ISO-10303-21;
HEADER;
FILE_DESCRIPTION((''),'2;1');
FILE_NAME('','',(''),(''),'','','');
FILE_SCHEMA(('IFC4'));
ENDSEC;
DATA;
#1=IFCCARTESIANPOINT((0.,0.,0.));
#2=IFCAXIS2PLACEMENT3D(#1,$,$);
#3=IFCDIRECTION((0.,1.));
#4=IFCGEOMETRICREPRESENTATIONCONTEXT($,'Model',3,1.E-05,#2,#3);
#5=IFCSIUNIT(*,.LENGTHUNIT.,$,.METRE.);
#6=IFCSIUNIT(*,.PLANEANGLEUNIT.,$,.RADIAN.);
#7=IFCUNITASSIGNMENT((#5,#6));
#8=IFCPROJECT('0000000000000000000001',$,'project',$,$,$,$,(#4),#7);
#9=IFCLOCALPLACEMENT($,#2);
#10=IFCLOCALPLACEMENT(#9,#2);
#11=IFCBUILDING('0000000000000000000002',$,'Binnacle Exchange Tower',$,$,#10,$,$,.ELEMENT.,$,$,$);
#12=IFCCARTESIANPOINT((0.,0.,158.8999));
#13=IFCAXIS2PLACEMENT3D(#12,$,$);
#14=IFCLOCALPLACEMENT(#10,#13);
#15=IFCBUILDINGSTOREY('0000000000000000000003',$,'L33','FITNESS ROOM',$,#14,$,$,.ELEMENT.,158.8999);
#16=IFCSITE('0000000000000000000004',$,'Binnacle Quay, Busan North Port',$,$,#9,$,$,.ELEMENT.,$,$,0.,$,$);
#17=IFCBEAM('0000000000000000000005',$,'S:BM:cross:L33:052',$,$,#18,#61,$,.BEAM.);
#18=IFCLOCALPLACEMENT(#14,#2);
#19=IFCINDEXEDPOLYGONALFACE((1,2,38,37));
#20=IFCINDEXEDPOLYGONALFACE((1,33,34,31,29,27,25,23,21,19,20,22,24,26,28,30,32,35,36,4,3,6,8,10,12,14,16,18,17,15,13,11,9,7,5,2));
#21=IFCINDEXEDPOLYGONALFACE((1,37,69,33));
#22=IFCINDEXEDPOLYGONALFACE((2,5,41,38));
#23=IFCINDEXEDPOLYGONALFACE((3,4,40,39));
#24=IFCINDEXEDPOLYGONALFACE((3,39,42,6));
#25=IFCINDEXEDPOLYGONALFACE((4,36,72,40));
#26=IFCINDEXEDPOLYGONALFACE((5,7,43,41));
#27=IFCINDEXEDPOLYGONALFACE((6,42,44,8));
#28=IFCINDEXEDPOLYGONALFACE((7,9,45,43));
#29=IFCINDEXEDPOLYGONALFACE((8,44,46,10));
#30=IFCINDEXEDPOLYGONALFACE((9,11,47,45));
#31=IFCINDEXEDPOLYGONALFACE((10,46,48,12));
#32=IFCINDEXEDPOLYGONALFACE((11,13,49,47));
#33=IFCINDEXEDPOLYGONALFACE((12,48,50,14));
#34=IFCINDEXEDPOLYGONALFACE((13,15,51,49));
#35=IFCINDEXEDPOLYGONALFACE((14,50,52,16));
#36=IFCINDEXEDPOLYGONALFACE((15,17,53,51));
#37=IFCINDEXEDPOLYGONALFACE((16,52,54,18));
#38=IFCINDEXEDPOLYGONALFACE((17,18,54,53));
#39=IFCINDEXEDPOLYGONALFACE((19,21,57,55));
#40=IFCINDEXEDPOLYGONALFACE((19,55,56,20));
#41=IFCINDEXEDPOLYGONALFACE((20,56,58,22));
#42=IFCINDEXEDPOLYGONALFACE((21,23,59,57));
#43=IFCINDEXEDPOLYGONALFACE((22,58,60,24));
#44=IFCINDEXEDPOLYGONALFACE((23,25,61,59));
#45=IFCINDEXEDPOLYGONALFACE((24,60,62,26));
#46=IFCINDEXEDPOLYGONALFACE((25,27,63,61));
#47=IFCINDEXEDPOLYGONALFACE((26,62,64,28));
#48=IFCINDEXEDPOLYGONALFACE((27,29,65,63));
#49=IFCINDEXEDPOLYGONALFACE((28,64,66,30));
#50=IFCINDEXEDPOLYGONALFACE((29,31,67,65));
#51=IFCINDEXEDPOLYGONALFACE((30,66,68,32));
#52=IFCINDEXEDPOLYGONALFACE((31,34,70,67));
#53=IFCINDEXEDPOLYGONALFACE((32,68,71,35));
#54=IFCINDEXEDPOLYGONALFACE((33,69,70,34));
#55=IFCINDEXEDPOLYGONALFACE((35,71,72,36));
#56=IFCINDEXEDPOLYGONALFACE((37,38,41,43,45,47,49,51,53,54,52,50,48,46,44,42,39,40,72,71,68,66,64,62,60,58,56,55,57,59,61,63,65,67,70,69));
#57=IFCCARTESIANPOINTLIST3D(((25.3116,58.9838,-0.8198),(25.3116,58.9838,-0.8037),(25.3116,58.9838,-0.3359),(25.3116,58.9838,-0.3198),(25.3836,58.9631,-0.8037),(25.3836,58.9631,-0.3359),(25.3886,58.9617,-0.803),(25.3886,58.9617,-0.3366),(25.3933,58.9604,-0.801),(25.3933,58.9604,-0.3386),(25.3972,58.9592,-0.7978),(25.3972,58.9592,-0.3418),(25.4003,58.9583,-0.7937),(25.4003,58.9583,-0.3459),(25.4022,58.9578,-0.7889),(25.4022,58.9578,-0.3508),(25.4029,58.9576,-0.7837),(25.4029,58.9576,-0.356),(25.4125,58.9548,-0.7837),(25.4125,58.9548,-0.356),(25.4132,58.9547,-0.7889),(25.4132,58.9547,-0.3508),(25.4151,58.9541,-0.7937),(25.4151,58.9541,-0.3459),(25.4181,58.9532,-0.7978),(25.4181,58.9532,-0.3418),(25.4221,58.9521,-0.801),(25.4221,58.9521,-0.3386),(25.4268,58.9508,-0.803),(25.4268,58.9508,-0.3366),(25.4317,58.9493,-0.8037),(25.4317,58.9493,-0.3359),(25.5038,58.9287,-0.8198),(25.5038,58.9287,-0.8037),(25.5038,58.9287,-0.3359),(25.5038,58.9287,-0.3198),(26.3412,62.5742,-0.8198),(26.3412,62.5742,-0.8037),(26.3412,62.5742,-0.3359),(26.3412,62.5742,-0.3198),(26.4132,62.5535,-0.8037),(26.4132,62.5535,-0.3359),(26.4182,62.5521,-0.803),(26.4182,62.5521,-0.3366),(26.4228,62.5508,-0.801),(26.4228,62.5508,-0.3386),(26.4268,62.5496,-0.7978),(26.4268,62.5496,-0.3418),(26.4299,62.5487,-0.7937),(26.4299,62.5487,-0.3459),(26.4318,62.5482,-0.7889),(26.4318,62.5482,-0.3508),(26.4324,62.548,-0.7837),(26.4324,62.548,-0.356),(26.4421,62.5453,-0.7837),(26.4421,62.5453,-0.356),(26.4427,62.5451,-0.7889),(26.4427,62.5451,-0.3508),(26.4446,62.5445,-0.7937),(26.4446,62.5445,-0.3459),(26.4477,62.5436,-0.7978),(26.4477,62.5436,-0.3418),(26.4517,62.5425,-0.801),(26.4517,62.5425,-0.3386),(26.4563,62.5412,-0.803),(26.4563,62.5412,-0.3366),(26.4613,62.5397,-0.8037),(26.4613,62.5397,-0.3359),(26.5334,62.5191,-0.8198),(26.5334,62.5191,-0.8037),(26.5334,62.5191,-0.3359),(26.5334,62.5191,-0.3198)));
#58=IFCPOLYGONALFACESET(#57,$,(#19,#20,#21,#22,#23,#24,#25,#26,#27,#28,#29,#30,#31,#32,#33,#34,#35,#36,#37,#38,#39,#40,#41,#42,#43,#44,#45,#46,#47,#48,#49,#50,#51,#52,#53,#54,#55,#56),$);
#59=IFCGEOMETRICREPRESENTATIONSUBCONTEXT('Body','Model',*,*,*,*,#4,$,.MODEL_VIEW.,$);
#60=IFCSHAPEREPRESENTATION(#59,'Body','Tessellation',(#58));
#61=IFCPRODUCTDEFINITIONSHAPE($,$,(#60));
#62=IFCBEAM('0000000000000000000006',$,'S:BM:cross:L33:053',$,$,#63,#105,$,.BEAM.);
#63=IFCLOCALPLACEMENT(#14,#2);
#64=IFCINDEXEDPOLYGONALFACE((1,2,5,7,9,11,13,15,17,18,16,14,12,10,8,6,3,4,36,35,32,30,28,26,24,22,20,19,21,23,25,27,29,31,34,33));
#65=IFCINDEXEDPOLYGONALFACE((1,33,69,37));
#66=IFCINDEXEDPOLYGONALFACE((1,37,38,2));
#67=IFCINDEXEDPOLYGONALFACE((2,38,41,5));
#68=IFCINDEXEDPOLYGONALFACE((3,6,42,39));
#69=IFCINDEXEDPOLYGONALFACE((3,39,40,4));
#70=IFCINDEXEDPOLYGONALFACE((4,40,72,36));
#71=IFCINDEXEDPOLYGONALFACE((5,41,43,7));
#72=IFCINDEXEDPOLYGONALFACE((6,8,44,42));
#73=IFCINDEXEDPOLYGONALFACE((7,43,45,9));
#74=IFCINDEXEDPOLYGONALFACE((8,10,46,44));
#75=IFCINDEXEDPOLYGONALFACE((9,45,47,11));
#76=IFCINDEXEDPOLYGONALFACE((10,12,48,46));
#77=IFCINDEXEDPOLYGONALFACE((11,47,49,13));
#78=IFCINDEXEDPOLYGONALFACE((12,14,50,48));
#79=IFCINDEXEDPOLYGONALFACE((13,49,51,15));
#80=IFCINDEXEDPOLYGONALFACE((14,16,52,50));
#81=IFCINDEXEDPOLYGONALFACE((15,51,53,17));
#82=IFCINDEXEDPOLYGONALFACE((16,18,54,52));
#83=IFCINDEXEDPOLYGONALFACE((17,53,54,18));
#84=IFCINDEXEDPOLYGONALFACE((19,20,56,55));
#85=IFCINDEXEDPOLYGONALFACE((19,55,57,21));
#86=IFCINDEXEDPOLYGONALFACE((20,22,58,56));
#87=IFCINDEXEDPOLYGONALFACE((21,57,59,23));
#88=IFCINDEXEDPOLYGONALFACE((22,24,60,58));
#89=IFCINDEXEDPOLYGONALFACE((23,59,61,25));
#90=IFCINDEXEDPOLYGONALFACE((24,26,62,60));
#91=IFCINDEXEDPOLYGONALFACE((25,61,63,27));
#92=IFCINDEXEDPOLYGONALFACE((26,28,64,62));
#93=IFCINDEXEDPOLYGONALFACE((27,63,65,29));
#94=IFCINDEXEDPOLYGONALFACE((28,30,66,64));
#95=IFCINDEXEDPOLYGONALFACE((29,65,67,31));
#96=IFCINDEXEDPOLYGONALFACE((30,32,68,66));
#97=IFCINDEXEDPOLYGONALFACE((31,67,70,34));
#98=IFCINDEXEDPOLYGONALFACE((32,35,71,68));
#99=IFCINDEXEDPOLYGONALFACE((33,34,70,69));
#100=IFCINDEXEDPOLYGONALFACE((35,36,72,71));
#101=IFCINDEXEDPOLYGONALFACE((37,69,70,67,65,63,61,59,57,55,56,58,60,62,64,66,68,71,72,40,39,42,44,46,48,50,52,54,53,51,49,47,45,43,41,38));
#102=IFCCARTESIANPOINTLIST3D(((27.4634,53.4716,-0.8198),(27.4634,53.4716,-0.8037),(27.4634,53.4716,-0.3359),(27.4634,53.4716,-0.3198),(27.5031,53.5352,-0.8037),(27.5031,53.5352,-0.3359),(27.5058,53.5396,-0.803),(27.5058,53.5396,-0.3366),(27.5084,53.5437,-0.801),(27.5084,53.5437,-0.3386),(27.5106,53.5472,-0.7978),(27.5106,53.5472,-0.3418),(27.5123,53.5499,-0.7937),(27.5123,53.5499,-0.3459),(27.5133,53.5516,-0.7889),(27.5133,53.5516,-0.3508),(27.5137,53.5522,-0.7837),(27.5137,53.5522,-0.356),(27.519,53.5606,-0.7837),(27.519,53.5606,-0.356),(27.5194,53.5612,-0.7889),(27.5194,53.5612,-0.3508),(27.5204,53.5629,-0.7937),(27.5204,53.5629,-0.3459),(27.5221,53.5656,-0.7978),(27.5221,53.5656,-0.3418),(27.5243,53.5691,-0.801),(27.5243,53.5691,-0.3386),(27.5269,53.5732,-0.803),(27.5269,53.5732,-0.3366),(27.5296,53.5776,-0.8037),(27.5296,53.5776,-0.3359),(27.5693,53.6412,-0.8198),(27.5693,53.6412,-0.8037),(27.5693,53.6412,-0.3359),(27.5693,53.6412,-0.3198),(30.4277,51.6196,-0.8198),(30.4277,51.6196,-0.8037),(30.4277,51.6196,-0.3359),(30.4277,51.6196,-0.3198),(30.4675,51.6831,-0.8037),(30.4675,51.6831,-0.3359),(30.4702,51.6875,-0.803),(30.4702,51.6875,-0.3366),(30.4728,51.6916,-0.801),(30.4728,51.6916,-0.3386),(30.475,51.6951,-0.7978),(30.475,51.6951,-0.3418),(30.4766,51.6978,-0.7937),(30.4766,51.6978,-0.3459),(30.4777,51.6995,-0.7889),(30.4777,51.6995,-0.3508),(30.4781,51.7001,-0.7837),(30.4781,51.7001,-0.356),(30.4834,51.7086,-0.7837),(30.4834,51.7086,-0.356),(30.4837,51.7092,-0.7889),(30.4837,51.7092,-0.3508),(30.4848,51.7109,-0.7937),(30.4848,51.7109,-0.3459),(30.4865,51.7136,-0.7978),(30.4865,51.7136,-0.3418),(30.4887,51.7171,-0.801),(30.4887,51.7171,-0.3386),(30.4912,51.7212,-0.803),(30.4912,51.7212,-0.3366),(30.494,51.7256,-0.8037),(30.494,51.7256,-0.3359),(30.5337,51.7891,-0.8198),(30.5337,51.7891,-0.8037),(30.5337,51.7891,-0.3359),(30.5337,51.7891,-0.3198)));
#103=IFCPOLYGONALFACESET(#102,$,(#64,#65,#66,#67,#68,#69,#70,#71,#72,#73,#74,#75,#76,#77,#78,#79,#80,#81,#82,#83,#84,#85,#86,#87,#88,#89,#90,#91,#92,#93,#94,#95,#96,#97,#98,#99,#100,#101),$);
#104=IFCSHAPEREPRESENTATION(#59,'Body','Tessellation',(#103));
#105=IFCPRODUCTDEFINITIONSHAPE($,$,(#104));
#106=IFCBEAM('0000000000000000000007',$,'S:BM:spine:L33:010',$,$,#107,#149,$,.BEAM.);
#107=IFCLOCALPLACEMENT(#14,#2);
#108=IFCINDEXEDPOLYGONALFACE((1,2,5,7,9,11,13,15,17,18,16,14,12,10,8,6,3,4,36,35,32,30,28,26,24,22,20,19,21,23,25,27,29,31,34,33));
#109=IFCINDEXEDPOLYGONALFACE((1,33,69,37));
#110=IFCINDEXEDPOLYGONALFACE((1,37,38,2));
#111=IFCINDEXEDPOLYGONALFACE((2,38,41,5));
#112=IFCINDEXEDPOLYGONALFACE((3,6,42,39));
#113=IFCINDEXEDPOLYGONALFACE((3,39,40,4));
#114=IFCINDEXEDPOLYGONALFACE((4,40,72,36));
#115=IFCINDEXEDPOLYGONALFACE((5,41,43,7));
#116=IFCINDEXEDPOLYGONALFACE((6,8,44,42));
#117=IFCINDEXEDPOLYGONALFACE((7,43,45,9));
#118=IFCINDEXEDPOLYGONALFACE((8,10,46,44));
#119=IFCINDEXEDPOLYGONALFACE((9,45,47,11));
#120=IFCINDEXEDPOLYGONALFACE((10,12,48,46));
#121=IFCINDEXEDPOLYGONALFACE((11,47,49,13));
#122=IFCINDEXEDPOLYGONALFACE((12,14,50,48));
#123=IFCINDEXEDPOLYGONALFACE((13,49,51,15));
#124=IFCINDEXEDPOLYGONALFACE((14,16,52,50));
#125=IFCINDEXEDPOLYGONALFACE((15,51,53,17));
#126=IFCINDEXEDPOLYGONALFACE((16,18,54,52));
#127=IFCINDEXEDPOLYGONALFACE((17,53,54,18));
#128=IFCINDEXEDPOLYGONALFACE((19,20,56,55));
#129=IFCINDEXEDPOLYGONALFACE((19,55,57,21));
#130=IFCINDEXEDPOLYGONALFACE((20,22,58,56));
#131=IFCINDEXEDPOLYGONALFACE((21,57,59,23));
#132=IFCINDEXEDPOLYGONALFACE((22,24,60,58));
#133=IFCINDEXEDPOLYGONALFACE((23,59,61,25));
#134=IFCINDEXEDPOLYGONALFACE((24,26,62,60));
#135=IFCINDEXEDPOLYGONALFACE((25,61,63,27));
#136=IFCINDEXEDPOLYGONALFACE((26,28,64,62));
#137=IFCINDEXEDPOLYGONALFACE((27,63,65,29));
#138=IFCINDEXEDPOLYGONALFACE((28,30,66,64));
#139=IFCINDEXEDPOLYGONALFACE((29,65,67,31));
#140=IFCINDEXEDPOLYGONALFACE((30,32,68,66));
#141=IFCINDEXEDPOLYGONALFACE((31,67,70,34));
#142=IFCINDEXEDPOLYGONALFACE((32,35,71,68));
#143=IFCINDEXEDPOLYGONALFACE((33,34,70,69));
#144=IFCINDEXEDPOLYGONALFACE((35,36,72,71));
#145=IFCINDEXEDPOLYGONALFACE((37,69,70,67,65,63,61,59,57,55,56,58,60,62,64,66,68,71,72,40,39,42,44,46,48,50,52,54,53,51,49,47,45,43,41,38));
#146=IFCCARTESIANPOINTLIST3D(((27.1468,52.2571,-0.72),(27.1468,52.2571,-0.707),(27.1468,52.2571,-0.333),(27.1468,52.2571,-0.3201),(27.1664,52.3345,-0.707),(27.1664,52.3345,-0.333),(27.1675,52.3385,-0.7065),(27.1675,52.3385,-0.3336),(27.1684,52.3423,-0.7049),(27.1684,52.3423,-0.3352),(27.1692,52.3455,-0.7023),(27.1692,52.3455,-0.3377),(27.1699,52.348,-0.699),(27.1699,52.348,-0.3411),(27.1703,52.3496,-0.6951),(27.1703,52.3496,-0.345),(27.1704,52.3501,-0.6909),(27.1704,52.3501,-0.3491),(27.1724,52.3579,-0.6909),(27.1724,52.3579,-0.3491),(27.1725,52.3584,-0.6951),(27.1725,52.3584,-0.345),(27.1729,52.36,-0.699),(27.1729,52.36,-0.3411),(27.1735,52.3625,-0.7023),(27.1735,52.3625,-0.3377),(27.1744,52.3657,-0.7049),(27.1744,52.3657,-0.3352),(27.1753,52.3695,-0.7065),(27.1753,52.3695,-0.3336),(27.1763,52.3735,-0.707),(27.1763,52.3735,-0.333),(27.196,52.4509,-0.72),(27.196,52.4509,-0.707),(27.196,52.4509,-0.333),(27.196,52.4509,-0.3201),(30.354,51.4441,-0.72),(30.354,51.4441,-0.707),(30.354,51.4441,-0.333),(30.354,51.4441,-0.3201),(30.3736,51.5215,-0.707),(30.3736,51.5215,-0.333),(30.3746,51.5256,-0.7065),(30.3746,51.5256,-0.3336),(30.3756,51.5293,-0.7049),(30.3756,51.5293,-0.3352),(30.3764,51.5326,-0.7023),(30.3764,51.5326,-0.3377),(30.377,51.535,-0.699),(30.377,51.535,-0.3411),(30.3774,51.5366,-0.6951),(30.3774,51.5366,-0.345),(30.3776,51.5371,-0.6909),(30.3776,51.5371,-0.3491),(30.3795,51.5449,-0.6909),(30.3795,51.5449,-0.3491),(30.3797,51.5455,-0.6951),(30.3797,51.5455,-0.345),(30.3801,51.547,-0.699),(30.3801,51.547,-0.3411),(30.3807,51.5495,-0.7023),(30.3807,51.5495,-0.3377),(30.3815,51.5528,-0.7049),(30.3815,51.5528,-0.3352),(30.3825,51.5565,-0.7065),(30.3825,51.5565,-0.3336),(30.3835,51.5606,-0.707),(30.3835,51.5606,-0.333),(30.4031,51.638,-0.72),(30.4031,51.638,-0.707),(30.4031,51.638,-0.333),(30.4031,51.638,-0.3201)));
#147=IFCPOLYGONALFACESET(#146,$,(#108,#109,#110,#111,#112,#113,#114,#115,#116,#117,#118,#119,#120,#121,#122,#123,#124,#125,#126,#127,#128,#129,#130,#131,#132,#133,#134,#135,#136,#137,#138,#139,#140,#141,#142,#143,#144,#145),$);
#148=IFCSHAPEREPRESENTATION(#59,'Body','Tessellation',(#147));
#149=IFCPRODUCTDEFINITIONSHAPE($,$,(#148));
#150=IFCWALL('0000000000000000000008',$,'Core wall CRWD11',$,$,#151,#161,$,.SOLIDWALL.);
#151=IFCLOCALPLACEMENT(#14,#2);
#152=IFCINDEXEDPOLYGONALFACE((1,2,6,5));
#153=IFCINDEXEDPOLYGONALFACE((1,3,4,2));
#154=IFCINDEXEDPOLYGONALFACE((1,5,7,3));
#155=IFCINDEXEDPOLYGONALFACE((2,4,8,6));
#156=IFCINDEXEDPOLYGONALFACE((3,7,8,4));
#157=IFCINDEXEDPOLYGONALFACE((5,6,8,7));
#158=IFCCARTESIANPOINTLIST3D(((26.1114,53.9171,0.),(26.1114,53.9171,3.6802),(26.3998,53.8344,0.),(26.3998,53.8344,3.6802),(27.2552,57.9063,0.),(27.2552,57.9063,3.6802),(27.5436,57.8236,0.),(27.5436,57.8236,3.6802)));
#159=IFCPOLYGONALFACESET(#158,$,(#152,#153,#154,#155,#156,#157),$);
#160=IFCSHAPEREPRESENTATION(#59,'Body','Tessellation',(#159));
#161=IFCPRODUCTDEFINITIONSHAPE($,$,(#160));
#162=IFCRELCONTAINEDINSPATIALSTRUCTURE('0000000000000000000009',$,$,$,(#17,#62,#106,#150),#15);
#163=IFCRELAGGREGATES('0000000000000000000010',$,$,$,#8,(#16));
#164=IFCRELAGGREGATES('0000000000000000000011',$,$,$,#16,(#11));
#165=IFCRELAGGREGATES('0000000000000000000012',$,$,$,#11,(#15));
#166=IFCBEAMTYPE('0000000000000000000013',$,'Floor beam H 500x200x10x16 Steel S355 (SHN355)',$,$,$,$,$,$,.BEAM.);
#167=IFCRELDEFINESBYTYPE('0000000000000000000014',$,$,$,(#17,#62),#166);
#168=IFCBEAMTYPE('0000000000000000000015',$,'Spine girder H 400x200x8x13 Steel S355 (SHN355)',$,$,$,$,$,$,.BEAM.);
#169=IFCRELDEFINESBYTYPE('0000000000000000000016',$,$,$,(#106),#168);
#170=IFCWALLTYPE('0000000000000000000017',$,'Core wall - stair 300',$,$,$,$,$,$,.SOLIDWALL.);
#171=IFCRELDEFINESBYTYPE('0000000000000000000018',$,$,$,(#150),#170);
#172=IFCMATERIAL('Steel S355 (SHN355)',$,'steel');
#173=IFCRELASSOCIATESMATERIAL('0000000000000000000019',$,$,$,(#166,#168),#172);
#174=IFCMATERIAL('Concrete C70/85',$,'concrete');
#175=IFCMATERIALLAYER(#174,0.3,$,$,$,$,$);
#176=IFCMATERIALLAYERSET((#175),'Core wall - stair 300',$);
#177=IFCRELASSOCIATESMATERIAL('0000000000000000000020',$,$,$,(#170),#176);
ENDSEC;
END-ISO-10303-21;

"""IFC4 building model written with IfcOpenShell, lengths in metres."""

from ifc_helpers import new_model, si_unit, direction, frame, frame_2d, origin, origin_2d, place, context, subcontext, project, spatial, rectangle, i_section, extrude, material, layer, layer_set, material_profile, profile_set, type_object, element, save


model = new_model("IFC4")

# Units and contexts
model_context = context("Model", 3, precision=1e-05, world=origin(), true_north=direction((0.0, 1.0)))
body_context = subcontext(model_context, "Body", "Model", "MODEL_VIEW")
ifc_project = project(units=[si_unit("LENGTHUNIT", "METRE"), si_unit("PLANEANGLEUNIT", "RADIAN")], contexts=[model_context])

# Site, building, storey
site_placement = place(None, origin())
site = spatial("IfcSite", under=ifc_project, at=site_placement, Name="Binnacle Quay, Busan North Port", CompositionType="ELEMENT", RefElevation=0.0)
building_placement = place(site_placement, origin())
building = spatial("IfcBuilding", under=site, at=building_placement, Name="Binnacle Exchange Tower", CompositionType="ELEMENT")
storey_placement = place(building_placement, frame((0.0, 0.0, 158.8999)))
storey = spatial("IfcBuildingStorey", under=building, at=storey_placement, Name="L33", Description="FITNESS ROOM", CompositionType="ELEMENT", Elevation=158.8999)

# Shared definitions
ifc_material_1 = material(Name="Concrete C70/85", Category="concrete")

# Beams
ifc_material_2 = material(Name="Steel S355 (SHN355)", Category="steel")
ifc_material_profile_1 = material_profile(ifc_material_2, i_section(OverallWidth=0.2, OverallDepth=0.5, WebThickness=0.01, FlangeThickness=0.0161, FilletRadius=0.02, at=origin_2d()), Name="H 500x200x10x16")
ifc_profile_set_1 = profile_set([ifc_material_profile_1], Name="Steel S355 (SHN355)")
beam_type_1 = type_object("IfcBeamType", Name="Floor beam H 500x200x10x16 Steel S355 (SHN355)", PredefinedType="BEAM", material=ifc_profile_set_1)
beam_1_placement = place(storey_placement, frame((26.4373, 62.5466, -0.5698), z_axis=(-0.275645, -0.96126, 0.0), x_axis=(0.96126, -0.275645, 0.0)))
element("IfcBeam", 1, at=beam_1_placement, inside=storey, type_object=beam_type_1, Name="S:BM:cross:L33:052", PredefinedType="BEAM", context=body_context, shape_type="SweptSolid", body=[
    extrude(i_section(OverallWidth=0.2, OverallDepth=0.5, WebThickness=0.01, FlangeThickness=0.0161, FilletRadius=0.02, at=origin_2d()), origin(), (0.0, 0.0, 1.0), 3.7351),
])
beam_2_placement = place(storey_placement, frame((30.4807, 51.7043, -0.5698), z_axis=(-0.848085, 0.529861, 0.0), x_axis=(-0.529861, -0.848085, 0.0)))
element("IfcBeam", 2, at=beam_2_placement, inside=storey, type_object=beam_type_1, Name="S:BM:cross:L33:053", PredefinedType="BEAM", context=body_context, shape_type="SweptSolid", body=[
    extrude(i_section(OverallWidth=0.2, OverallDepth=0.5, WebThickness=0.01, FlangeThickness=0.0161, FilletRadius=0.02, at=origin_2d()), origin(), (0.0, 0.0, 1.0), 3.4954),
])
ifc_material_profile_2 = material_profile(ifc_material_2, i_section(OverallWidth=0.2, OverallDepth=0.3999, WebThickness=0.0081, FlangeThickness=0.0129, FilletRadius=0.0161, at=origin_2d()), Name="H 400x200x8x13")
ifc_profile_set_2 = profile_set([ifc_material_profile_2], Name="Steel S355 (SHN355)")
beam_type_2 = type_object("IfcBeamType", Name="Spine girder H 400x200x8x13 Steel S355 (SHN355)", PredefinedType="BEAM", material=ifc_profile_set_2)
beam_3_placement = place(storey_placement, frame((27.1714, 52.354, -0.52), z_axis=(0.969343, -0.245712, 0.0), x_axis=(0.245712, 0.969343, 0.0)))
element("IfcBeam", 3, at=beam_3_placement, inside=storey, type_object=beam_type_2, Name="S:BM:spine:L33:010", PredefinedType="BEAM", context=body_context, shape_type="SweptSolid", body=[
    extrude(i_section(OverallWidth=0.2, OverallDepth=0.3999, WebThickness=0.0081, FlangeThickness=0.0129, FilletRadius=0.0161, at=origin_2d()), origin(), (0.0, 0.0, 1.0), 3.3086),
])

# Wall
ifc_layer_1 = layer(ifc_material_1, 0.3)
ifc_layer_set_1 = layer_set([ifc_layer_1], Name="Core wall - stair 300")
wall_type_1 = type_object("IfcWallType", Name="Core wall - stair 300", PredefinedType="SOLIDWALL", material=ifc_layer_set_1)
wall_1_placement = place(storey_placement, frame((26.2556, 53.8757, 0.0), z_axis=(0.0, 0.0, 1.0), x_axis=(0.275615, 0.961268, 0.0)))
element("IfcWall", 4, at=wall_1_placement, inside=storey, type_object=wall_type_1, Name="Core wall CRWD11", PredefinedType="SOLIDWALL", context=body_context, shape_type="SweptSolid", body=[
    extrude(rectangle(XDim=4.1499, YDim=0.3, at=frame_2d((2.075, 0.0))), origin(), (0.0, 0.0, 1.0), 3.6802),
])

save(model, "model.ifc")
